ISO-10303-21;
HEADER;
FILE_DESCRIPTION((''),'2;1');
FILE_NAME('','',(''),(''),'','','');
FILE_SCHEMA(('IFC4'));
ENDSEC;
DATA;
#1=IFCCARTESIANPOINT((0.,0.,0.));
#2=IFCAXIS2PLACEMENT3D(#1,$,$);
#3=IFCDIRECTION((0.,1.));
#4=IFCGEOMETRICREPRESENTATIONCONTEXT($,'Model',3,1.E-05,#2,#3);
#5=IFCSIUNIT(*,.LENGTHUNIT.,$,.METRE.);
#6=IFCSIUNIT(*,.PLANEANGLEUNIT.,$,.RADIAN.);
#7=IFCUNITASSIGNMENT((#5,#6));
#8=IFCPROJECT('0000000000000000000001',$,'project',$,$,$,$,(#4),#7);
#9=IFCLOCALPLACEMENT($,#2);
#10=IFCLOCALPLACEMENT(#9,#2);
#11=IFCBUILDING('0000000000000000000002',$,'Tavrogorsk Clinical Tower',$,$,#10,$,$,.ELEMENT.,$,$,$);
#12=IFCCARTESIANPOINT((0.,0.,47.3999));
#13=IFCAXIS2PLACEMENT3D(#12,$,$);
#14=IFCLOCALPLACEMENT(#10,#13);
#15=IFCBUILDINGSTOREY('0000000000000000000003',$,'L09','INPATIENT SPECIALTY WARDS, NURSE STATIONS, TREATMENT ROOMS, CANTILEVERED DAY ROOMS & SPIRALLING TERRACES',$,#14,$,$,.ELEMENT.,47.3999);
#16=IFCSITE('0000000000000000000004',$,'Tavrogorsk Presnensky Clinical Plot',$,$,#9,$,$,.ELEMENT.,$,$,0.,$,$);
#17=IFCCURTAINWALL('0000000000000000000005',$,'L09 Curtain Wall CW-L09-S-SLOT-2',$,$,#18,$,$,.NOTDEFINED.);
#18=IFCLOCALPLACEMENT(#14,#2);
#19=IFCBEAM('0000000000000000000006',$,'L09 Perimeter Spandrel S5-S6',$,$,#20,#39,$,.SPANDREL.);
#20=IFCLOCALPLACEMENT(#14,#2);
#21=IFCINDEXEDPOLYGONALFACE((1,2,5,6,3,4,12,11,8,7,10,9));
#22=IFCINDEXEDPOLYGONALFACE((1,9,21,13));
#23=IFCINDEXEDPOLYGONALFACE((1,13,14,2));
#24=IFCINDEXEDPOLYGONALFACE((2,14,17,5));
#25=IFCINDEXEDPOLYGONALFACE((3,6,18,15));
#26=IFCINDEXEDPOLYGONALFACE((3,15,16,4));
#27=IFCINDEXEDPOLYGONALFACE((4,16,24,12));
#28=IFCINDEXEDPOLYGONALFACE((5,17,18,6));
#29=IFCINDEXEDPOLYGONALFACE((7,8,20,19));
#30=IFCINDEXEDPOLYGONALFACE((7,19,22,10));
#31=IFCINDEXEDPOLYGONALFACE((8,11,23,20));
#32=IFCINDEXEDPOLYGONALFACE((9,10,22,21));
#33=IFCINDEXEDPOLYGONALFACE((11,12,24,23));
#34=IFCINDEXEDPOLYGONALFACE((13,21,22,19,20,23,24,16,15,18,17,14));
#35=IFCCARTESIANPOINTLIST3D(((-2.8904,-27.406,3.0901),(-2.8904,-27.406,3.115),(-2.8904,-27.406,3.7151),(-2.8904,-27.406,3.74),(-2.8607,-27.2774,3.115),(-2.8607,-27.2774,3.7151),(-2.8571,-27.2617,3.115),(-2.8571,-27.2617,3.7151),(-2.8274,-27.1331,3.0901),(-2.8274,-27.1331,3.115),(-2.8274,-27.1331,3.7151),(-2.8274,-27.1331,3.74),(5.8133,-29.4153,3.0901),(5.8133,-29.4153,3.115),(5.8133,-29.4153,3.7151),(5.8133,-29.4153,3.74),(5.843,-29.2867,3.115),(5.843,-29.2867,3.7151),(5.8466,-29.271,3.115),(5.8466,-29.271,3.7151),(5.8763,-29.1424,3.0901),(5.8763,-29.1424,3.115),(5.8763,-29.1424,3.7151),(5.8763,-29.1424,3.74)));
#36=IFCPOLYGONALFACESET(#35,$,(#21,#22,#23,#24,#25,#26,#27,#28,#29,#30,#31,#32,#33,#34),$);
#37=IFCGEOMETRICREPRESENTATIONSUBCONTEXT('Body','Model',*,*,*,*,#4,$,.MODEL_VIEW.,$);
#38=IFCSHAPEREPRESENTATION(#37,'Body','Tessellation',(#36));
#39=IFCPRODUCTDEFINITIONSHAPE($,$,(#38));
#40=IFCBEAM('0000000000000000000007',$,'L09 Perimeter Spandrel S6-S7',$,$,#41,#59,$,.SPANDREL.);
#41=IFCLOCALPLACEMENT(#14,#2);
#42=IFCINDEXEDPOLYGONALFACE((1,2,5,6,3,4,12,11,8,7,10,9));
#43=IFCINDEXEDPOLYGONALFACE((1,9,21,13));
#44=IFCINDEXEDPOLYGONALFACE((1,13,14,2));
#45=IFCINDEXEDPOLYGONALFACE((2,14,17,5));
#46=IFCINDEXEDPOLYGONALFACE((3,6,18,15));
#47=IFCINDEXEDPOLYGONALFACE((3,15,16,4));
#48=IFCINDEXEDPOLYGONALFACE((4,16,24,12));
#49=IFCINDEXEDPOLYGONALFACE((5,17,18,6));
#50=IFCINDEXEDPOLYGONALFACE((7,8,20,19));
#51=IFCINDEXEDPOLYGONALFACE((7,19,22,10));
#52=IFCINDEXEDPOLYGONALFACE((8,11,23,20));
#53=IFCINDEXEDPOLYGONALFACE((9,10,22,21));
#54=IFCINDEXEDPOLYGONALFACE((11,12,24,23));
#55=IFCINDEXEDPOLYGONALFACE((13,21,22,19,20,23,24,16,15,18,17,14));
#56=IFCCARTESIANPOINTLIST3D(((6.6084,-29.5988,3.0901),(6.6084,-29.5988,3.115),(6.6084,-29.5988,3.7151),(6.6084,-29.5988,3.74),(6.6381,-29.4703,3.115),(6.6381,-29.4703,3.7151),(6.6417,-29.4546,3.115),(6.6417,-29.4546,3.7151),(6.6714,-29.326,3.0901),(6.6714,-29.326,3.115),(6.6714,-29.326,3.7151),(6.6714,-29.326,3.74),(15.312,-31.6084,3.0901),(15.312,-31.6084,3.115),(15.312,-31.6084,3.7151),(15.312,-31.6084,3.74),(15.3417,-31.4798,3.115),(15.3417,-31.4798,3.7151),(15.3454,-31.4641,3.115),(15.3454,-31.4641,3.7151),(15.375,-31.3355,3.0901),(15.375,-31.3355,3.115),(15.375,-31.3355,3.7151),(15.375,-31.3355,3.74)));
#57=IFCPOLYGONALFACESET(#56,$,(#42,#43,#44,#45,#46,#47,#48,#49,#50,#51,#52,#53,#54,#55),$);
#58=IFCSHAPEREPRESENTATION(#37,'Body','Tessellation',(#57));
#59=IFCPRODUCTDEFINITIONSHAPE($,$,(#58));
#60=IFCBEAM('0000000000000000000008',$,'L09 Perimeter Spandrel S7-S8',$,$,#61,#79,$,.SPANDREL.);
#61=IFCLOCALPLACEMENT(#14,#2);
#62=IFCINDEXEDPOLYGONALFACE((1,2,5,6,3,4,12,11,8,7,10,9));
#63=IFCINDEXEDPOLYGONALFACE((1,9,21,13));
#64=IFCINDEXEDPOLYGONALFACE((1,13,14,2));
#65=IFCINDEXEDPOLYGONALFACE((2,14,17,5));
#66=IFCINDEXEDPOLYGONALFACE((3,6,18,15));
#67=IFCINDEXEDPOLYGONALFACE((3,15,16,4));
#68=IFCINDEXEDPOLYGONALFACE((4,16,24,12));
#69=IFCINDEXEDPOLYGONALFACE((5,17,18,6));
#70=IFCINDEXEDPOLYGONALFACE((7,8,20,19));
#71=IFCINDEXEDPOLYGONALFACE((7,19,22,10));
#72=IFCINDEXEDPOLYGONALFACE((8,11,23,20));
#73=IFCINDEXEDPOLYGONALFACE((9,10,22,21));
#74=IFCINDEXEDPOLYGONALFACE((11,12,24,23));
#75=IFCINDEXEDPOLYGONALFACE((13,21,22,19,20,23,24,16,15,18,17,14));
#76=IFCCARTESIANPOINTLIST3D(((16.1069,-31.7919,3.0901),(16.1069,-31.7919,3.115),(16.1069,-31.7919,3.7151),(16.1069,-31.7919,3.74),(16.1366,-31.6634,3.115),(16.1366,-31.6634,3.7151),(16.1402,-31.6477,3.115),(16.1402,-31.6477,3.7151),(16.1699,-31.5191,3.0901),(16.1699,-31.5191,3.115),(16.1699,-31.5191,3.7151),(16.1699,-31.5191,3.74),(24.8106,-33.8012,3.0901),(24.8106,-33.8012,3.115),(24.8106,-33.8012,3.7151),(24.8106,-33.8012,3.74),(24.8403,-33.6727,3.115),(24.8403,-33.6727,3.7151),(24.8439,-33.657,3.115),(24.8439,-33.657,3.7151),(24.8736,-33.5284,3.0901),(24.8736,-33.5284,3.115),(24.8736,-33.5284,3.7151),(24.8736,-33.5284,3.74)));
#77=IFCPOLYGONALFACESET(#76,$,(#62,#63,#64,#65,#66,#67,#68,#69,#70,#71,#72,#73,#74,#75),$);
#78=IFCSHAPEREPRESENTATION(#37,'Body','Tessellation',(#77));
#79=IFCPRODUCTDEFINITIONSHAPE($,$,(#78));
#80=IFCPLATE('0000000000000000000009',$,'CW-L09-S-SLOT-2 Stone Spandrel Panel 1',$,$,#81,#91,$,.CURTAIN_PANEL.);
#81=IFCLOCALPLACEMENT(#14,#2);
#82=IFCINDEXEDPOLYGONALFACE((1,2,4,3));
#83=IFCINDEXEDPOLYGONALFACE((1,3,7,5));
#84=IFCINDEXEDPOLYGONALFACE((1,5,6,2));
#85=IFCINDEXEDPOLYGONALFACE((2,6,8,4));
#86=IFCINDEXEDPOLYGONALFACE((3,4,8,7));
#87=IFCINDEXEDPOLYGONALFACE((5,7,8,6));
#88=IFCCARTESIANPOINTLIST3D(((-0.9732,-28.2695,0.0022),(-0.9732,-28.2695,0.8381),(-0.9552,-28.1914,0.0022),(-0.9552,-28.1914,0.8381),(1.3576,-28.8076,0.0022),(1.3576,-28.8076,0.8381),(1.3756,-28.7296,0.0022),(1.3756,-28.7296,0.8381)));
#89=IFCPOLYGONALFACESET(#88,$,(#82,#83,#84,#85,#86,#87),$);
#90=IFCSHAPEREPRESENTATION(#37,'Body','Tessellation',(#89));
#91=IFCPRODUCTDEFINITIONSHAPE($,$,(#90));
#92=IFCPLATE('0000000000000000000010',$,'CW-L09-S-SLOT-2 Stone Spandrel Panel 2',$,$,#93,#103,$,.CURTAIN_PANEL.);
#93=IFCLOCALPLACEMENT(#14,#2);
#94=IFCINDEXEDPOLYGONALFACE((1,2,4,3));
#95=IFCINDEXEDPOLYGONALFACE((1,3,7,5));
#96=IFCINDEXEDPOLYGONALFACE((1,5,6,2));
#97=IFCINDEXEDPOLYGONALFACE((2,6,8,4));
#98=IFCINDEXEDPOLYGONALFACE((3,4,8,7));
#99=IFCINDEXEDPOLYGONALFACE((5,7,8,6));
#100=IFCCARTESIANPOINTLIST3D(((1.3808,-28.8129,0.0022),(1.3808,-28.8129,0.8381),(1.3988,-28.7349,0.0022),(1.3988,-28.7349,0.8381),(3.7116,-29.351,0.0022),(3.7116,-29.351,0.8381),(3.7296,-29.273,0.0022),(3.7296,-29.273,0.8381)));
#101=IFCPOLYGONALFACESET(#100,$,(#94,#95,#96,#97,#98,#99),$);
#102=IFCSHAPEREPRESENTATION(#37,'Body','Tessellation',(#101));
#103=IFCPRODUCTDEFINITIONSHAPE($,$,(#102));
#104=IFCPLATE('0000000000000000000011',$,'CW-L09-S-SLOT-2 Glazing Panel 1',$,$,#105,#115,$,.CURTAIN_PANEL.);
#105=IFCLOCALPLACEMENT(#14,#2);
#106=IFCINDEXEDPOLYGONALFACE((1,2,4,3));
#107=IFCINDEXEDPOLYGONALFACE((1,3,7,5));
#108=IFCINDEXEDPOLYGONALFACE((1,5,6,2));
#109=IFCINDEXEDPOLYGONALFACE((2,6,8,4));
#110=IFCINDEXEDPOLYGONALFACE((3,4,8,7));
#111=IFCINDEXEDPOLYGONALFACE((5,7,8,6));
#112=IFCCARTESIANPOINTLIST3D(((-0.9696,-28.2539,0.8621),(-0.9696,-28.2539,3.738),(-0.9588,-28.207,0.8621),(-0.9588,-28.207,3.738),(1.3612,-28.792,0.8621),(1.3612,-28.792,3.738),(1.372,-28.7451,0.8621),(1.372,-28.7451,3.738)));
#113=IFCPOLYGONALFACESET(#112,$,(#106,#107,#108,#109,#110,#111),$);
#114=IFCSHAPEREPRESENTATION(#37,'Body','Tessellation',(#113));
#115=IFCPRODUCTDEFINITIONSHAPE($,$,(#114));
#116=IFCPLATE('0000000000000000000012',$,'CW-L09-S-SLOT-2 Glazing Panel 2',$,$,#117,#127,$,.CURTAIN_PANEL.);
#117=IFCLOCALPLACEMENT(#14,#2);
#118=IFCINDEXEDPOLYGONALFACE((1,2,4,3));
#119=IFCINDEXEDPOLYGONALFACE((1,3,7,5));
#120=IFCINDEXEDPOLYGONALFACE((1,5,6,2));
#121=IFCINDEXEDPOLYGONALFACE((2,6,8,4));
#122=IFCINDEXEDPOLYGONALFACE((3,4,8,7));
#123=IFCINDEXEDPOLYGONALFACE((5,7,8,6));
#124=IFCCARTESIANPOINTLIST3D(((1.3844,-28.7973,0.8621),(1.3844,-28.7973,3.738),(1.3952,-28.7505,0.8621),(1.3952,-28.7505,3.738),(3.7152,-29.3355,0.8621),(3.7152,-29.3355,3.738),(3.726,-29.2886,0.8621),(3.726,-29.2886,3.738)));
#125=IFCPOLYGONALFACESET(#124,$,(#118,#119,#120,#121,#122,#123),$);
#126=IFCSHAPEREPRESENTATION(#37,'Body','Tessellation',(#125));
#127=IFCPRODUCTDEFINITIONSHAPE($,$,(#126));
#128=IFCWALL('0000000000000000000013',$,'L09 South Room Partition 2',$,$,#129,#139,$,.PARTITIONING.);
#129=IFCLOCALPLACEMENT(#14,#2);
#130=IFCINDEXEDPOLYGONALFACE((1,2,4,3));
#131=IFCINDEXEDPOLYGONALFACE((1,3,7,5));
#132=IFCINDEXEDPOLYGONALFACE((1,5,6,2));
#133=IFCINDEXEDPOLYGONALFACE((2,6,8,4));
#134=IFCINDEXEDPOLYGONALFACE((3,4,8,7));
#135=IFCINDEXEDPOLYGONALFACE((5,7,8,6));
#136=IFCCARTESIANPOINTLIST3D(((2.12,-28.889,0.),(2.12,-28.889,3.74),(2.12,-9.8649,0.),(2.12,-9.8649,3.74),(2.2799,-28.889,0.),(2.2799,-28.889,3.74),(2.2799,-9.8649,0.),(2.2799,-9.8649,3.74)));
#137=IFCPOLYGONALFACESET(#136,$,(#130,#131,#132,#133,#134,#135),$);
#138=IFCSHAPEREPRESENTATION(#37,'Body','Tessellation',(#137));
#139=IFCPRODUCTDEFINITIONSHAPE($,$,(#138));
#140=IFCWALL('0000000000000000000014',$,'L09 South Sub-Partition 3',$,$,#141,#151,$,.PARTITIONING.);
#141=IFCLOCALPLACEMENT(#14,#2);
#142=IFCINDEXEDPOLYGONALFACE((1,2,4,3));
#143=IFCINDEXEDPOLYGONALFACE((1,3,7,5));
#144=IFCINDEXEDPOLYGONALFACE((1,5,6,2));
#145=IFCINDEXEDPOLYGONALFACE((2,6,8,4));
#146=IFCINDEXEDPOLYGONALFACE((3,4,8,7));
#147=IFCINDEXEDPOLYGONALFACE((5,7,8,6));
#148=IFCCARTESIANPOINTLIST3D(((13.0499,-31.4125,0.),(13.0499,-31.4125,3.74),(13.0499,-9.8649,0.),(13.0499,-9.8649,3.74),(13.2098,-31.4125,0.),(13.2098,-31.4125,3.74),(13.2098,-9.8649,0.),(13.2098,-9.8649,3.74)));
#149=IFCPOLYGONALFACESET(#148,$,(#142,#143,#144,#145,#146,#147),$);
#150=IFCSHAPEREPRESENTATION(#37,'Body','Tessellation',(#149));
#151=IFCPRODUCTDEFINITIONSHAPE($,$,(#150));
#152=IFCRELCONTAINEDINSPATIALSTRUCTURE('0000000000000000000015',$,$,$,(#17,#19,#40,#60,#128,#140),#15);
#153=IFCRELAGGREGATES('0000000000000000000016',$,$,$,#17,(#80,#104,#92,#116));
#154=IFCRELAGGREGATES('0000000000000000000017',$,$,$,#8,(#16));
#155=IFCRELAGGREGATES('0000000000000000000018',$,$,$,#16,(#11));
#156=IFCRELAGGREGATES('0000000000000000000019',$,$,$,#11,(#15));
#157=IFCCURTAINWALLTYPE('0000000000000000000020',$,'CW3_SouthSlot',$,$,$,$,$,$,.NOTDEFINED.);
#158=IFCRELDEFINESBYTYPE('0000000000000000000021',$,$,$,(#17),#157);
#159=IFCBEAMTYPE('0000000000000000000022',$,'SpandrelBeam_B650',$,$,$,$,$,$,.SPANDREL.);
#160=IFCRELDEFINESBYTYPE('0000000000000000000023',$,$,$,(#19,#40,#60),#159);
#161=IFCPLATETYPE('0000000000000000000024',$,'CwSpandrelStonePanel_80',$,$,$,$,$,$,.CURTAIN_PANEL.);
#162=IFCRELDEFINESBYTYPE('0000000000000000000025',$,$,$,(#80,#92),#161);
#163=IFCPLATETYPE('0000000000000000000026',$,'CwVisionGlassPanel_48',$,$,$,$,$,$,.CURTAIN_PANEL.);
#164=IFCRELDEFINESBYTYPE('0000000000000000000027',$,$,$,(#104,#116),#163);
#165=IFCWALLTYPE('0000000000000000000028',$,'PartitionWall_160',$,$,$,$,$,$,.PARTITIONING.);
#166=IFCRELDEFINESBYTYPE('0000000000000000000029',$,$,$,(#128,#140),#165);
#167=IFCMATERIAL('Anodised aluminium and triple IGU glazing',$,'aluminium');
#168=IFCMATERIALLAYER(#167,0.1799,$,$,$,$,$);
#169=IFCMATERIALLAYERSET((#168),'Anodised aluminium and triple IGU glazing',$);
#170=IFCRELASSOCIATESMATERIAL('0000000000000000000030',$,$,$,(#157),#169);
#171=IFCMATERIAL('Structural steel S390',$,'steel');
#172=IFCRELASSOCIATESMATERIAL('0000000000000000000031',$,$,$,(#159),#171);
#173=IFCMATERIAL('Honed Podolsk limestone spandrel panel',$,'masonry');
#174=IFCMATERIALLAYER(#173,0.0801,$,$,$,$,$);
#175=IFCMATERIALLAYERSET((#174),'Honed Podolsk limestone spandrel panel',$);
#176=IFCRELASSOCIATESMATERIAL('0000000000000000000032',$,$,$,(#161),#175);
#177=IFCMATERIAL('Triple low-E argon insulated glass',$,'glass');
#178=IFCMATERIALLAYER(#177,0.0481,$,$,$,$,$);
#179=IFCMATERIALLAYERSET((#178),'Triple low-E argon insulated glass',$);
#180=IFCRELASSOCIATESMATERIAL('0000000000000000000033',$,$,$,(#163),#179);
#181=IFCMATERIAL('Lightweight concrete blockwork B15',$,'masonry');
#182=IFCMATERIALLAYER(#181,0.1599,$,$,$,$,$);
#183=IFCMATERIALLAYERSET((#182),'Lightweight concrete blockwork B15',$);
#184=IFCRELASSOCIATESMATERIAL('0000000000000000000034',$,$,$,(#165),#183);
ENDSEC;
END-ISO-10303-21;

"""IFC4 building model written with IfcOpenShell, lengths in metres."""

from ifc_helpers import new_model, si_unit, direction, frame, frame_2d, origin, origin_2d, place, context, subcontext, project, spatial, rectangle, i_section, extrude, material, layer, layer_set, material_profile, profile_set, type_object, element, aggregate, save


model = new_model("IFC4")

# Units and contexts
model_context = context("Model", 3, precision=1e-05, world=origin(), true_north=direction((0.0, 1.0)))
body_context = subcontext(model_context, "Body", "Model", "MODEL_VIEW")
ifc_project = project(units=[si_unit("LENGTHUNIT", "METRE"), si_unit("PLANEANGLEUNIT", "RADIAN")], contexts=[model_context])

# Site, building, storey
site_placement = place(None, origin())
site = spatial("IfcSite", under=ifc_project, at=site_placement, Name="Tavrogorsk Presnensky Clinical Plot", CompositionType="ELEMENT", RefElevation=0.0)
building_placement = place(site_placement, origin())
building = spatial("IfcBuilding", under=site, at=building_placement, Name="Tavrogorsk Clinical Tower", CompositionType="ELEMENT")
storey_placement = place(building_placement, frame((0.0, 0.0, 47.3999)))
storey = spatial("IfcBuildingStorey", under=building, at=storey_placement, Name="L09", Description="INPATIENT SPECIALTY WARDS, NURSE STATIONS, TREATMENT ROOMS, CANTILEVERED DAY ROOMS & SPIRALLING TERRACES", CompositionType="ELEMENT", Elevation=47.3999)

# Curtain wall
ifc_material_1 = material(Name="Anodised aluminium and triple IGU glazing", Category="aluminium")
ifc_layer_1 = layer(ifc_material_1, 0.1799)
ifc_layer_set_1 = layer_set([ifc_layer_1], Name="Anodised aluminium and triple IGU glazing")
curtain_wall_type = type_object("IfcCurtainWallType", Name="CW3_SouthSlot", PredefinedType="NOTDEFINED", material=ifc_layer_set_1)
curtain_wall_placement = place(storey_placement, origin())
curtain_wall = element("IfcCurtainWall", 1, at=curtain_wall_placement, inside=storey, type_object=curtain_wall_type, Name="L09 Curtain Wall CW-L09-S-SLOT-2", PredefinedType="NOTDEFINED")

# Beams
ifc_material_2 = material(Name="Structural steel S390", Category="steel")
ifc_material_profile_1 = material_profile(ifc_material_2, i_section(OverallWidth=0.28, OverallDepth=0.6499, WebThickness=0.0161, FlangeThickness=0.0249, at=origin_2d()), Name="B-650x280x16x25")
ifc_profile_set_1 = profile_set([ifc_material_profile_1], Name="Structural steel S390")
beam_type = type_object("IfcBeamType", Name="SpandrelBeam_B650", PredefinedType="SPANDREL", material=ifc_profile_set_1)
for number, where, z_axis, x_axis, name in (
    (2, (-2.8589, -27.2695, 3.415), (0.974373, -0.224939, 0.0), (0.224939, 0.974373, 0.0), "L09 Perimeter Spandrel S5-S6"),
    (3, (6.6399, -29.4624, 3.415), (0.974367, -0.224965, 0.0), (0.224965, 0.974367, 0.0), "L09 Perimeter Spandrel S6-S7"),
    (4, (16.1384, -31.6555, 3.415), (0.974373, -0.224939, 0.0), (0.224939, 0.974373, 0.0), "L09 Perimeter Spandrel S7-S8"),
):
    element("IfcBeam", number, at=place(storey_placement, frame(where, z_axis=z_axis, x_axis=x_axis)), inside=storey, type_object=beam_type, Name=name, PredefinedType="SPANDREL", context=body_context, shape_type="SweptSolid", body=[
        extrude(i_section(OverallWidth=0.28, OverallDepth=0.6499, WebThickness=0.0161, FlangeThickness=0.0249, at=origin_2d()), origin(), (0.0, 0.0, 1.0), 8.9326),
    ])

# Plates
ifc_material_3 = material(Name="Honed Podolsk limestone spandrel panel", Category="masonry")
ifc_layer_2 = layer(ifc_material_3, 0.0801)
ifc_layer_set_2 = layer_set([ifc_layer_2], Name="Honed Podolsk limestone spandrel panel")
plate_type_1 = type_object("IfcPlateType", Name="CwSpandrelStonePanel_80", PredefinedType="CURTAIN_PANEL", material=ifc_layer_set_2)
plate_1_placement = place(storey_placement, frame((0.2012, -28.4995, 0.0022), z_axis=(0.0, 0.0, 1.0), x_axis=(0.97437, -0.224951, 0.0)))
plate_1 = element("IfcPlate", 5, at=plate_1_placement, type_object=plate_type_1, Name="CW-L09-S-SLOT-2 Stone Spandrel Panel 1", PredefinedType="CURTAIN_PANEL", context=body_context, shape_type="SweptSolid", body=[
    extrude(rectangle(XDim=2.3921, YDim=0.0801, at=origin_2d()), origin(), (0.0, 0.0, 1.0), 0.8359),
])
plate_2_placement = place(storey_placement, frame((2.5552, -29.043, 0.0022), z_axis=(0.0, 0.0, 1.0), x_axis=(0.97437, -0.224951, 0.0)))
plate_2 = element("IfcPlate", 6, at=plate_2_placement, type_object=plate_type_1, Name="CW-L09-S-SLOT-2 Stone Spandrel Panel 2", PredefinedType="CURTAIN_PANEL", context=body_context, shape_type="SweptSolid", body=[
    extrude(rectangle(XDim=2.3921, YDim=0.0801, at=origin_2d()), origin(), (0.0, 0.0, 1.0), 0.8359),
])
ifc_material_4 = material(Name="Triple low-E argon insulated glass", Category="glass")
ifc_layer_3 = layer(ifc_material_4, 0.0481)
ifc_layer_set_3 = layer_set([ifc_layer_3], Name="Triple low-E argon insulated glass")
plate_type_2 = type_object("IfcPlateType", Name="CwVisionGlassPanel_48", PredefinedType="CURTAIN_PANEL", material=ifc_layer_set_3)
plate_3_placement = place(storey_placement, frame((0.2012, -28.4995, 0.8621), z_axis=(0.0, 0.0, 1.0), x_axis=(0.97437, -0.224951, 0.0)))
plate_3 = element("IfcPlate", 7, at=plate_3_placement, type_object=plate_type_2, Name="CW-L09-S-SLOT-2 Glazing Panel 1", PredefinedType="CURTAIN_PANEL", context=body_context, shape_type="SweptSolid", body=[
    extrude(rectangle(XDim=2.3921, YDim=0.0481, at=origin_2d()), origin(), (0.0, 0.0, 1.0), 2.876),
])
plate_4_placement = place(storey_placement, frame((2.5552, -29.043, 0.8621), z_axis=(0.0, 0.0, 1.0), x_axis=(0.97437, -0.224951, 0.0)))
plate_4 = element("IfcPlate", 8, at=plate_4_placement, type_object=plate_type_2, Name="CW-L09-S-SLOT-2 Glazing Panel 2", PredefinedType="CURTAIN_PANEL", context=body_context, shape_type="SweptSolid", body=[
    extrude(rectangle(XDim=2.3921, YDim=0.0481, at=origin_2d()), origin(), (0.0, 0.0, 1.0), 2.876),
])
aggregate(curtain_wall, [plate_1, plate_3, plate_2, plate_4])

# Walls
ifc_material_5 = material(Name="Lightweight concrete blockwork B15", Category="masonry")
ifc_layer_4 = layer(ifc_material_5, 0.1599)
ifc_layer_set_4 = layer_set([ifc_layer_4], Name="Lightweight concrete blockwork B15")
wall_type_1 = type_object("IfcWallType", Name="PartitionWall_160", PredefinedType="PARTITIONING", material=ifc_layer_set_4)
wall_1_placement = place(storey_placement, frame((2.2, -28.8892, 0.0), z_axis=(0.0, 0.0, 1.0), x_axis=(0.0, 1.0, 0.0)))
element("IfcWall", 9, at=wall_1_placement, inside=storey, type_object=wall_type_1, Name="L09 South Room Partition 2", PredefinedType="PARTITIONING", context=body_context, shape_type="SweptSolid", body=[
    extrude(rectangle(XDim=19.0242, YDim=0.1599, at=frame_2d((9.5122, 0.0))), origin(), (0.0, 0.0, 1.0), 3.74),
])
wall_2_placement = place(storey_placement, frame((13.1299, -31.4126, 0.0), z_axis=(0.0, 0.0, 1.0), x_axis=(0.0, 1.0, 0.0)))
element("IfcWall", 10, at=wall_2_placement, inside=storey, type_object=wall_type_1, Name="L09 South Sub-Partition 3", PredefinedType="PARTITIONING", context=body_context, shape_type="SweptSolid", body=[
    extrude(rectangle(XDim=21.5476, YDim=0.1599, at=frame_2d((10.7739, 0.0))), origin(), (0.0, 0.0, 1.0), 3.74),
])

save(model, "model.ifc")
